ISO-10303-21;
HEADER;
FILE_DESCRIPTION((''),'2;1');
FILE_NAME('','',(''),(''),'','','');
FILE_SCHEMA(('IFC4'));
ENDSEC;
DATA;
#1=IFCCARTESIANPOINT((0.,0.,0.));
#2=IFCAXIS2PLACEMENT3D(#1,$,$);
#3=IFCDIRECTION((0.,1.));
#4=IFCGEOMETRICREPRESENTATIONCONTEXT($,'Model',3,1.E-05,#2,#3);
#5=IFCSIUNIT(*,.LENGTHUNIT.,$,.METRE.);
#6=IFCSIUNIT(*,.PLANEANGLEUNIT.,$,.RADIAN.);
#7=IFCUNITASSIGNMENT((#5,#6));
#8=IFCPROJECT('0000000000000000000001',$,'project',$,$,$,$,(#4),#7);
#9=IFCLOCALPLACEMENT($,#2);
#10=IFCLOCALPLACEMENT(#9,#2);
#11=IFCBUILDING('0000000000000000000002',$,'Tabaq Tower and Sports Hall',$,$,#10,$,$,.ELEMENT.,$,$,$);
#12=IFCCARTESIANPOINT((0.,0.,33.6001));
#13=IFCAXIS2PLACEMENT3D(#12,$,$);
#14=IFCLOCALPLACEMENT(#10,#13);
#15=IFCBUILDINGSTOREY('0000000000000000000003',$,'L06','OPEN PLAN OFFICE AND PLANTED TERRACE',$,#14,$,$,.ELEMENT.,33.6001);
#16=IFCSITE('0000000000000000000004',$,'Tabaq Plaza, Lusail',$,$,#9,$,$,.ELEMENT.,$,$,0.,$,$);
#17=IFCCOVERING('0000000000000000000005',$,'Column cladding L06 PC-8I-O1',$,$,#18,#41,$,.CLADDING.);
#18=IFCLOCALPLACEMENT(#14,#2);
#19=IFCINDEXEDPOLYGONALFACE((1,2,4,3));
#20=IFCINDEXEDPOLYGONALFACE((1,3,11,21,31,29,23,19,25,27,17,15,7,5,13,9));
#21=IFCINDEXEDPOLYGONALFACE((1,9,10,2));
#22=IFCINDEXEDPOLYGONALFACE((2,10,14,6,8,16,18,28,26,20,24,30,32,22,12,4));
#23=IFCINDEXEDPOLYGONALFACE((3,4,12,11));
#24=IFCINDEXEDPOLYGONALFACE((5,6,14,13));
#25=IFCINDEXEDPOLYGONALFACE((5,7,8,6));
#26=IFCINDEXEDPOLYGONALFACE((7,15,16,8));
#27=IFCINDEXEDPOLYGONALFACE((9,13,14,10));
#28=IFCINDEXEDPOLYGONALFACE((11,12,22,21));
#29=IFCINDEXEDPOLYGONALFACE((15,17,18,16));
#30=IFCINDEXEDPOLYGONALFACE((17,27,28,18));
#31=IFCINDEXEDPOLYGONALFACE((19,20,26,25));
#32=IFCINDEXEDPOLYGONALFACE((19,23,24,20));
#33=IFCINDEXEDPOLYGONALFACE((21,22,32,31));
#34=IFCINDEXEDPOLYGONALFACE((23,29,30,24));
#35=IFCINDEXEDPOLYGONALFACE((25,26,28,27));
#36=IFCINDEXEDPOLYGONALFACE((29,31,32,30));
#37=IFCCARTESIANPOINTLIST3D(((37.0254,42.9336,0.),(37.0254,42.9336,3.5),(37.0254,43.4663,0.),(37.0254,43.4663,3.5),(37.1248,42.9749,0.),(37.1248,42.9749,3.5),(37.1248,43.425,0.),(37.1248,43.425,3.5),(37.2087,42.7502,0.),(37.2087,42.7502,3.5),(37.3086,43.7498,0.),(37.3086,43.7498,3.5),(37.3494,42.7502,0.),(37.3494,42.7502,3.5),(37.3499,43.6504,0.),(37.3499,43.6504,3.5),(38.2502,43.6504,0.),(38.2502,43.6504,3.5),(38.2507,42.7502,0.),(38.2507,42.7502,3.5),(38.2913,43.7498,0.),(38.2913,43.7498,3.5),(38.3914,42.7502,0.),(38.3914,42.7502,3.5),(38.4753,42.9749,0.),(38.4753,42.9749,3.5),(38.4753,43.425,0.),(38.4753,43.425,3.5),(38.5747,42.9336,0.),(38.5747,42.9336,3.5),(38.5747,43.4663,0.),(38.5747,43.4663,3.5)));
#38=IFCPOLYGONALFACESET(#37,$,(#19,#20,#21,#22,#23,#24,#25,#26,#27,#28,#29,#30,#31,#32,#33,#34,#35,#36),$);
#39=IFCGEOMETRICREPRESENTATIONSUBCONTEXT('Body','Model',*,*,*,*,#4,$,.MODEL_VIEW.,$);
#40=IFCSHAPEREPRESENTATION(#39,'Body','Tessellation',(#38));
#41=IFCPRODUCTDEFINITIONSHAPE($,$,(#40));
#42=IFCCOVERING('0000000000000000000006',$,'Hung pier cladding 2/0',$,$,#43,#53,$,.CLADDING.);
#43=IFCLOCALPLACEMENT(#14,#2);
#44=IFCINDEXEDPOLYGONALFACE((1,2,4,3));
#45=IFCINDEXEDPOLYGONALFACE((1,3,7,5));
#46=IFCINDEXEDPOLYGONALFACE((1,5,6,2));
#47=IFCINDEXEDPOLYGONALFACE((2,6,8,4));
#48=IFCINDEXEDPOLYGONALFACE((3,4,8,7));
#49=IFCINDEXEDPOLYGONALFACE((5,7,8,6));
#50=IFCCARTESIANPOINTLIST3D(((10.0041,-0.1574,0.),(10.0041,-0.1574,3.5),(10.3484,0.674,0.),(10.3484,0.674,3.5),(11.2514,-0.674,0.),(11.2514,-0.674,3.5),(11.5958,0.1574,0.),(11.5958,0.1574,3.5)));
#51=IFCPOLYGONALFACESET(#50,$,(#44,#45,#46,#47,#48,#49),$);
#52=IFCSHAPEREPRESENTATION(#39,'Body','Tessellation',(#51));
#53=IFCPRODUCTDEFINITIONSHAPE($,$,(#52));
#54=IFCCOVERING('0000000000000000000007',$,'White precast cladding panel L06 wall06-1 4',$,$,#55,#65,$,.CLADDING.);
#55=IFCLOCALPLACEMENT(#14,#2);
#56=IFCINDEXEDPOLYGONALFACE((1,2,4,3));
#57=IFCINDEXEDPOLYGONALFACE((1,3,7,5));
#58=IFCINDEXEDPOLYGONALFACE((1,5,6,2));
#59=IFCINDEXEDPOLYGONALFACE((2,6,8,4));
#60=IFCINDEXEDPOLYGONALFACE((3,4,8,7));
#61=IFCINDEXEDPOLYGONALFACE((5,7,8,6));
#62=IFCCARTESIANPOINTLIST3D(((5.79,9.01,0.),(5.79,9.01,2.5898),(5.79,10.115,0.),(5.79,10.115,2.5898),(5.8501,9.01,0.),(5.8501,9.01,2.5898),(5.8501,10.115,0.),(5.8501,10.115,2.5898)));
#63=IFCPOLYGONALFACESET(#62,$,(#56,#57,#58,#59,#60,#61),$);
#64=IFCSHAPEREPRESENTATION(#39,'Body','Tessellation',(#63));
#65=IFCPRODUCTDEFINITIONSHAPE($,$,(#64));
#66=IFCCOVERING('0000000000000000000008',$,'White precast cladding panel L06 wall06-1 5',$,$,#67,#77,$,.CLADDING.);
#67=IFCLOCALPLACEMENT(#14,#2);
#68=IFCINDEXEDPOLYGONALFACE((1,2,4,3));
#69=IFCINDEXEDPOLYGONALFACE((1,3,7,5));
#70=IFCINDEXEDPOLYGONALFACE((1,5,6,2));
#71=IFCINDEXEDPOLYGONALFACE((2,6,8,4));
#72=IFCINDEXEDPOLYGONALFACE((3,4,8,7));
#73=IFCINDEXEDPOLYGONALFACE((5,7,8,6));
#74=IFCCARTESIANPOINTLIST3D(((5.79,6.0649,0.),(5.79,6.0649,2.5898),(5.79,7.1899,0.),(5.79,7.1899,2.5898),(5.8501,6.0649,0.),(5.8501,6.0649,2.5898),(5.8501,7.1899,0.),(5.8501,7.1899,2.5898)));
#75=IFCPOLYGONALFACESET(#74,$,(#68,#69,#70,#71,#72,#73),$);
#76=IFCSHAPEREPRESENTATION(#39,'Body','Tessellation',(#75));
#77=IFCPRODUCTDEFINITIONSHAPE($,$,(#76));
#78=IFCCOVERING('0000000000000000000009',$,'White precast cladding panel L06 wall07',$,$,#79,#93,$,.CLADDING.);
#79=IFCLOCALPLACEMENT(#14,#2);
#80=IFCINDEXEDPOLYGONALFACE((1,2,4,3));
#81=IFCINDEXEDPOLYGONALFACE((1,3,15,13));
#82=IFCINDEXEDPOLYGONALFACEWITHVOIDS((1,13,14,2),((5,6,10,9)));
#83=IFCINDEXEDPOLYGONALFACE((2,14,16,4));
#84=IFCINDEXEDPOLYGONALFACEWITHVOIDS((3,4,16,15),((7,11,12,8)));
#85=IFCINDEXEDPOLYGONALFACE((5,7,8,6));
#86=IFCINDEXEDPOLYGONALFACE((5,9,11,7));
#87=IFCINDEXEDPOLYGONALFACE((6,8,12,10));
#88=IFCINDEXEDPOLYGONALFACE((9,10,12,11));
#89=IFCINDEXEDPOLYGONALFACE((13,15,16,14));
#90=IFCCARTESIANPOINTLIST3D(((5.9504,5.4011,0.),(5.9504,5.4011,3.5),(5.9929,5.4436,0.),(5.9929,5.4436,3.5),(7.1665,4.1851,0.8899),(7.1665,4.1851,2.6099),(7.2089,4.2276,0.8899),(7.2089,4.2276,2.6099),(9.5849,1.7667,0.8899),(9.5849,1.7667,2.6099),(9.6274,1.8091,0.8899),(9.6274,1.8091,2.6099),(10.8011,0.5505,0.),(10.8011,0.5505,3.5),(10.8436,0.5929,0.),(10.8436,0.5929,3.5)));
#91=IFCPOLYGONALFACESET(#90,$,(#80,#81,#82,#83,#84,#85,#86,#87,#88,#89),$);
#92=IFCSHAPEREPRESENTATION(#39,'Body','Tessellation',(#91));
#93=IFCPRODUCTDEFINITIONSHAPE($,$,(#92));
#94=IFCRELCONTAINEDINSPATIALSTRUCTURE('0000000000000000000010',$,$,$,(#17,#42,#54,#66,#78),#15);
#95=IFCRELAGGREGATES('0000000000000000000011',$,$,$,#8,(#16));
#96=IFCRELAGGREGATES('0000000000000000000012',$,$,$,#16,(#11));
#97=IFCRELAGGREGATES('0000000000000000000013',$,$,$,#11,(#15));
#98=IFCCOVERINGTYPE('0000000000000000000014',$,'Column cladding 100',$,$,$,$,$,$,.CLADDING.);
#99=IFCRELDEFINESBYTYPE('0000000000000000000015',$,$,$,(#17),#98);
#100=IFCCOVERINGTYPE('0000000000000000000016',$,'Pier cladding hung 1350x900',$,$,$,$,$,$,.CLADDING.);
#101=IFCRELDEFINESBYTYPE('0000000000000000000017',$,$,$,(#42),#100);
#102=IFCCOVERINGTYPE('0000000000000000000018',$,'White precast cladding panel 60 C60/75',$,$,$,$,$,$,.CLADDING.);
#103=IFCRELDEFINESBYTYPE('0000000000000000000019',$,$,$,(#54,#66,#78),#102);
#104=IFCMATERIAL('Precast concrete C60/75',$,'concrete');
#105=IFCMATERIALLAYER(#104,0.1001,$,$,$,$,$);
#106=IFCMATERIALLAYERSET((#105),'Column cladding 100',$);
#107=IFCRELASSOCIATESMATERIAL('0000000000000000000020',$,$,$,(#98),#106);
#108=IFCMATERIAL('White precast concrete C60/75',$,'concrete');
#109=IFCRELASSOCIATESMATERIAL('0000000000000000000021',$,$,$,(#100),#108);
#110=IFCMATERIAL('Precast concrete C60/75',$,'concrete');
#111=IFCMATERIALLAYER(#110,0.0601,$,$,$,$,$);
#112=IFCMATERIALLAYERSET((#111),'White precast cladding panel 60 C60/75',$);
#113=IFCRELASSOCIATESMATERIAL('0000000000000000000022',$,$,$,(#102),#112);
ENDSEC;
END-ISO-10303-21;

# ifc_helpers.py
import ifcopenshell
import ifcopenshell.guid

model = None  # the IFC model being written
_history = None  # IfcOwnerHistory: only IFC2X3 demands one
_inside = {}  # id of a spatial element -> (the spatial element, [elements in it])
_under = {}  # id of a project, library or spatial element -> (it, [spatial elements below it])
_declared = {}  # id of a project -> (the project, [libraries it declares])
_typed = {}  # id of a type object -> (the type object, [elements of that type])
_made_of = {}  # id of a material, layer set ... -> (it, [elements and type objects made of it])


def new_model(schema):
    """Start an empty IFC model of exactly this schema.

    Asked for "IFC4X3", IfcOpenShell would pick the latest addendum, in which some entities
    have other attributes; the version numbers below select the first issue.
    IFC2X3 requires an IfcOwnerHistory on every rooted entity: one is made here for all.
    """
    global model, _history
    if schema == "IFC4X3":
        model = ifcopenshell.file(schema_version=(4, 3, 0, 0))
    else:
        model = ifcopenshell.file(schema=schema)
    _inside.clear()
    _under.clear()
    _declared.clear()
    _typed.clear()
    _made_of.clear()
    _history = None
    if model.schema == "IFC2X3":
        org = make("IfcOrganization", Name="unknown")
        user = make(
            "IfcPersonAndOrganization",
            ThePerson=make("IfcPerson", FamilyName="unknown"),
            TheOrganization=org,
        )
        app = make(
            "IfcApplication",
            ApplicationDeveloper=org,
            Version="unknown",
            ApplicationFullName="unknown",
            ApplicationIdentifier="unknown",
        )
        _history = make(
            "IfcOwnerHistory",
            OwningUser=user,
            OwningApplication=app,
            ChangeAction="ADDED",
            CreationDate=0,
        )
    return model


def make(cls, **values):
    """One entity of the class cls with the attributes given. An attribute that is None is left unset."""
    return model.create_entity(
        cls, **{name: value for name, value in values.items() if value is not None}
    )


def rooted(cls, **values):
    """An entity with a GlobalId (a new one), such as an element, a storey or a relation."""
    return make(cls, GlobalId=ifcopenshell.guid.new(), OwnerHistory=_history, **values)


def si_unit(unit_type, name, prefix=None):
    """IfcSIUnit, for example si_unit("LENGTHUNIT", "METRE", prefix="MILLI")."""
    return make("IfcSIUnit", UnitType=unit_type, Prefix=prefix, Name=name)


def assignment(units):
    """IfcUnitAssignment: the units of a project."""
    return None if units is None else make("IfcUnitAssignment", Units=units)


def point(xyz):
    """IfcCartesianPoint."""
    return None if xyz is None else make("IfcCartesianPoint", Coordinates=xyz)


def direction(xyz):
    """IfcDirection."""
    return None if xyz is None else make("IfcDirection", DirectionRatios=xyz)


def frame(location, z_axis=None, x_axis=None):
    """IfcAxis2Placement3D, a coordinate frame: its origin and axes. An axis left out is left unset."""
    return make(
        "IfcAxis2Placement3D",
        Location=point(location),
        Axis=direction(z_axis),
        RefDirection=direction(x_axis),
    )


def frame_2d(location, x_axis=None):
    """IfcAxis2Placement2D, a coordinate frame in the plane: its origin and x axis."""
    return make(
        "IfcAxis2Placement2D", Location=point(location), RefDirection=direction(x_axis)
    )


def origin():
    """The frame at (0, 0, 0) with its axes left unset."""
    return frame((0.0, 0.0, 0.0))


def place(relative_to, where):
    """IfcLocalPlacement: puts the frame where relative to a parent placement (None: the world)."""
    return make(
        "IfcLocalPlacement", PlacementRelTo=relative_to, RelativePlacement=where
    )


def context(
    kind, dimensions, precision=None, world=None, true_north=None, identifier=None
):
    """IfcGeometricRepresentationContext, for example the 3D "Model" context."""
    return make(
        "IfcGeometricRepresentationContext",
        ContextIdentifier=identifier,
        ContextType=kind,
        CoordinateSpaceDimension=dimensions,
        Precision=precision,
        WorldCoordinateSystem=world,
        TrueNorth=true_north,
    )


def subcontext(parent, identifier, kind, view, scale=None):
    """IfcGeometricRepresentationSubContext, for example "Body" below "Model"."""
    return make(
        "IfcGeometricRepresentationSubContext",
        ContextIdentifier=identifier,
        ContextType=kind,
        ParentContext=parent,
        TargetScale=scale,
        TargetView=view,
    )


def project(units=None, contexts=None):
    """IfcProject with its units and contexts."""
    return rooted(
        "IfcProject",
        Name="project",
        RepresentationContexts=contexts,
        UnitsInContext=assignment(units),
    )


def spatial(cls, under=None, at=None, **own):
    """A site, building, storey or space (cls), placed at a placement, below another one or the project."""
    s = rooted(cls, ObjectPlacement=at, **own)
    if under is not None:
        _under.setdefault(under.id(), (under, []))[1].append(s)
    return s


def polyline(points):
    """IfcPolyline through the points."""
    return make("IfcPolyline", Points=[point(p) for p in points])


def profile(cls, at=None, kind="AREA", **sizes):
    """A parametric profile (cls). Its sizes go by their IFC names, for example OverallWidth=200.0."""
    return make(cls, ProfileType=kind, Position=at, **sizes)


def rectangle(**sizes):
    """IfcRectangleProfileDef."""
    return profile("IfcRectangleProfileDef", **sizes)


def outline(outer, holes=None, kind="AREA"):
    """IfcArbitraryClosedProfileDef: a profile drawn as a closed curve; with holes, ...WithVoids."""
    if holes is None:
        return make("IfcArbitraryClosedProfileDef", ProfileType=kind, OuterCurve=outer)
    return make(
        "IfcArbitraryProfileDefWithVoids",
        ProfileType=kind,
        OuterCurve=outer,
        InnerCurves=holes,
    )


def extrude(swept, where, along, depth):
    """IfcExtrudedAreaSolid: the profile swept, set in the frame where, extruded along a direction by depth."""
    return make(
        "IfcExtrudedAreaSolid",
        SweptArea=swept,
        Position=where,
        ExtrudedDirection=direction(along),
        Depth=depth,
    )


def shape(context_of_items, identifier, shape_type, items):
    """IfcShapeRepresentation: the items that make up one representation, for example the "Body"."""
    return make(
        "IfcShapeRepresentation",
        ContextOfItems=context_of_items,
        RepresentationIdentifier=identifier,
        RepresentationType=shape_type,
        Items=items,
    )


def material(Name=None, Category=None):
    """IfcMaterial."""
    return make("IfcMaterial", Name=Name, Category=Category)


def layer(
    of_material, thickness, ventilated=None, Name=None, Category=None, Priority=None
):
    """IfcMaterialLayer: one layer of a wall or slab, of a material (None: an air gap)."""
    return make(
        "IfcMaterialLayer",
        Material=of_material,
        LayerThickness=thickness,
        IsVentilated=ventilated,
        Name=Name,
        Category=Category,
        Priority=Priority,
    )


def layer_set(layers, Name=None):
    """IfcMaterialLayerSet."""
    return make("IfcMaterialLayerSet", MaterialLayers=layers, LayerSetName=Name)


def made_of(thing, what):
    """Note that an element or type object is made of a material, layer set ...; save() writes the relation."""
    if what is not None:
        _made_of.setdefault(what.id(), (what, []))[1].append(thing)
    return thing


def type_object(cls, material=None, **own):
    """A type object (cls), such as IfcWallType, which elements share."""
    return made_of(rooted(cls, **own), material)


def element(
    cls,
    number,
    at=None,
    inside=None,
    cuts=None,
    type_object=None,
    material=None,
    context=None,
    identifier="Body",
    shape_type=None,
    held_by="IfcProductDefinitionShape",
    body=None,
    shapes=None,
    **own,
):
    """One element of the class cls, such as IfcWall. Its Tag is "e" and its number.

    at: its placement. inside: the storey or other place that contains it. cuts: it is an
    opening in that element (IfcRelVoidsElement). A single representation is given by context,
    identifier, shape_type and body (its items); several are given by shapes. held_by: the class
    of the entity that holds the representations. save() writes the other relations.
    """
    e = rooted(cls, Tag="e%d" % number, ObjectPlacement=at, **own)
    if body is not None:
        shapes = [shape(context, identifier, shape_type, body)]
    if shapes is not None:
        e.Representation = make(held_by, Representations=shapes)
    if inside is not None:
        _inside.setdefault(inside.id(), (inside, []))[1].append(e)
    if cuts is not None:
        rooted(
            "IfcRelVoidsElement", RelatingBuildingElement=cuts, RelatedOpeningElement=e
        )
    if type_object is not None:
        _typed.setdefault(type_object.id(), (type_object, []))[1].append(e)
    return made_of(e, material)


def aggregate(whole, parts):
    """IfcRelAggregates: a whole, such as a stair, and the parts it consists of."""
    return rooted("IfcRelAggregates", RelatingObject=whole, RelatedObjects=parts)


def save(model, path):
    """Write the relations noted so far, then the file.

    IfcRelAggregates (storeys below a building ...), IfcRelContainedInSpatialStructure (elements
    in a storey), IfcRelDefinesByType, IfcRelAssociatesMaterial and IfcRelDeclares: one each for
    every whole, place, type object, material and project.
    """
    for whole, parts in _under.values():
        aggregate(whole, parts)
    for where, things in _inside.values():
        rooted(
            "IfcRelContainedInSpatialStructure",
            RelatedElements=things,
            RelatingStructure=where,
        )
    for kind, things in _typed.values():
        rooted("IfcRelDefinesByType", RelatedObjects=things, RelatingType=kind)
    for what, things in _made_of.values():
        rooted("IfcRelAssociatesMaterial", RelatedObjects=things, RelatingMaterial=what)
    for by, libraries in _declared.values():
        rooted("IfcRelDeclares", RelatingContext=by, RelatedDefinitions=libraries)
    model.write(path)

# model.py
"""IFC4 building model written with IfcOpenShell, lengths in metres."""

from ifc_helpers import new_model, si_unit, direction, frame, frame_2d, origin, place, context, subcontext, project, spatial, polyline, rectangle, outline, extrude, material, layer, layer_set, type_object, element, save


model = new_model("IFC4")

# Units and contexts
model_context = context("Model", 3, precision=1e-05, world=origin(), true_north=direction((0.0, 1.0)))
body_context = subcontext(model_context, "Body", "Model", "MODEL_VIEW")
ifc_project = project(units=[si_unit("LENGTHUNIT", "METRE"), si_unit("PLANEANGLEUNIT", "RADIAN")], contexts=[model_context])

# Site, building, storey
site_placement = place(None, origin())
site = spatial("IfcSite", under=ifc_project, at=site_placement, Name="Tabaq Plaza, Lusail", CompositionType="ELEMENT", RefElevation=0.0)
building_placement = place(site_placement, origin())
building = spatial("IfcBuilding", under=site, at=building_placement, Name="Tabaq Tower and Sports Hall", CompositionType="ELEMENT")
storey_placement = place(building_placement, frame((0.0, 0.0, 33.6001)))
storey = spatial("IfcBuildingStorey", under=building, at=storey_placement, Name="L06", Description="OPEN PLAN OFFICE AND PLANTED TERRACE", CompositionType="ELEMENT", Elevation=33.6001)

# Coverings
ifc_material_1 = material(Name="Precast concrete C60/75", Category="concrete")
ifc_layer_1 = layer(ifc_material_1, 0.1001)
ifc_layer_set_1 = layer_set([ifc_layer_1], Name="Column cladding 100")
covering_type_1 = type_object("IfcCoveringType", Name="Column cladding 100", PredefinedType="CLADDING", material=ifc_layer_set_1)
covering_1_placement = place(storey_placement, origin())
element("IfcCovering", 1, at=covering_1_placement, inside=storey, type_object=covering_type_1, Name="Column cladding L06 PC-8I-O1", PredefinedType="CLADDING", context=body_context, shape_type="SweptSolid", body=[
    extrude(outline(polyline([(37.0254, 43.4663), (37.3086, 43.7498), (38.2913, 43.7498), (38.5747, 43.4663), (38.5747, 42.9336), (38.3914, 42.7502), (38.2507, 42.7502), (38.4753, 42.9749), (38.4753, 43.425), (38.2502, 43.6504), (37.3499, 43.6504), (37.1248, 43.425), (37.1248, 42.9749), (37.3494, 42.7502), (37.2087, 42.7502), (37.0254, 42.9336), (37.0254, 43.4663)])), origin(), (0.0, 0.0, 1.0), 3.5),
])
ifc_material_2 = material(Name="White precast concrete C60/75", Category="concrete")
covering_type_2 = type_object("IfcCoveringType", Name="Pier cladding hung 1350x900", PredefinedType="CLADDING", material=ifc_material_2)
covering_2_placement = place(storey_placement, frame((10.1763, 0.2583, 0.0), z_axis=(0.0, 0.0, 1.0), x_axis=(0.923893, -0.38265, 0.0)))
element("IfcCovering", 2, at=covering_2_placement, inside=storey, type_object=covering_type_2, Name="Hung pier cladding 2/0", PredefinedType="CLADDING", context=body_context, shape_type="SweptSolid", body=[
    extrude(rectangle(XDim=1.3501, YDim=0.8999, at=frame_2d((0.675, 0.0))), origin(), (0.0, 0.0, 1.0), 3.5),
])
ifc_material_3 = material(Name="Precast concrete C60/75", Category="concrete")
ifc_layer_2 = layer(ifc_material_3, 0.0601)
ifc_layer_set_2 = layer_set([ifc_layer_2], Name="White precast cladding panel 60 C60/75")
covering_type_3 = type_object("IfcCoveringType", Name="White precast cladding panel 60 C60/75", PredefinedType="CLADDING", material=ifc_layer_set_2)
covering_3_placement = place(storey_placement, frame((5.8201, 10.115, 0.0), z_axis=(0.0, 0.0, 1.0), x_axis=(0.0, -1.0, 0.0)))
element("IfcCovering", 3, at=covering_3_placement, inside=storey, type_object=covering_type_3, Name="White precast cladding panel L06 wall06-1 4", PredefinedType="CLADDING", context=body_context, shape_type="SweptSolid", body=[
    extrude(rectangle(XDim=1.105, YDim=0.0601, at=frame_2d((0.5525, 0.0))), origin(), (0.0, 0.0, 1.0), 2.5898),
])
covering_4_placement = place(storey_placement, frame((5.8201, 7.1899, 0.0), z_axis=(0.0, 0.0, 1.0), x_axis=(0.0, -1.0, 0.0)))
element("IfcCovering", 4, at=covering_4_placement, inside=storey, type_object=covering_type_3, Name="White precast cladding panel L06 wall06-1 5", PredefinedType="CLADDING", context=body_context, shape_type="SweptSolid", body=[
    extrude(rectangle(XDim=1.125, YDim=0.0601, at=frame_2d((0.5625, 0.0))), origin(), (0.0, 0.0, 1.0), 2.5898),
])
covering_5_placement = place(storey_placement, frame((5.9717, 5.4224, 0.0), z_axis=(0.0, 0.0, 1.0), x_axis=(0.707107, -0.707107, 0.0)))
element("IfcCovering", 5, at=covering_5_placement, inside=storey, type_object=covering_type_3, Name="White precast cladding panel L06 wall07", PredefinedType="CLADDING", context=body_context, shape_type="SweptSolid", body=[
    extrude(outline(polyline([(0.0, 0.0), (6.8599, 0.0), (6.8599, 3.5), (0.0, 3.5), (0.0, 0.0)]), holes=[polyline([(1.7197, 0.8899), (1.7197, 2.6099), (5.1399, 2.6099), (5.1399, 0.8899), (1.7197, 0.8899)])]), frame((0.0, 0.03, 0.0), z_axis=(0.0, -1.0, 0.0), x_axis=(1.0, 0.0, 0.0)), (0.0, 0.0, 1.0), 0.0601),
])

save(model, "model.ifc")
